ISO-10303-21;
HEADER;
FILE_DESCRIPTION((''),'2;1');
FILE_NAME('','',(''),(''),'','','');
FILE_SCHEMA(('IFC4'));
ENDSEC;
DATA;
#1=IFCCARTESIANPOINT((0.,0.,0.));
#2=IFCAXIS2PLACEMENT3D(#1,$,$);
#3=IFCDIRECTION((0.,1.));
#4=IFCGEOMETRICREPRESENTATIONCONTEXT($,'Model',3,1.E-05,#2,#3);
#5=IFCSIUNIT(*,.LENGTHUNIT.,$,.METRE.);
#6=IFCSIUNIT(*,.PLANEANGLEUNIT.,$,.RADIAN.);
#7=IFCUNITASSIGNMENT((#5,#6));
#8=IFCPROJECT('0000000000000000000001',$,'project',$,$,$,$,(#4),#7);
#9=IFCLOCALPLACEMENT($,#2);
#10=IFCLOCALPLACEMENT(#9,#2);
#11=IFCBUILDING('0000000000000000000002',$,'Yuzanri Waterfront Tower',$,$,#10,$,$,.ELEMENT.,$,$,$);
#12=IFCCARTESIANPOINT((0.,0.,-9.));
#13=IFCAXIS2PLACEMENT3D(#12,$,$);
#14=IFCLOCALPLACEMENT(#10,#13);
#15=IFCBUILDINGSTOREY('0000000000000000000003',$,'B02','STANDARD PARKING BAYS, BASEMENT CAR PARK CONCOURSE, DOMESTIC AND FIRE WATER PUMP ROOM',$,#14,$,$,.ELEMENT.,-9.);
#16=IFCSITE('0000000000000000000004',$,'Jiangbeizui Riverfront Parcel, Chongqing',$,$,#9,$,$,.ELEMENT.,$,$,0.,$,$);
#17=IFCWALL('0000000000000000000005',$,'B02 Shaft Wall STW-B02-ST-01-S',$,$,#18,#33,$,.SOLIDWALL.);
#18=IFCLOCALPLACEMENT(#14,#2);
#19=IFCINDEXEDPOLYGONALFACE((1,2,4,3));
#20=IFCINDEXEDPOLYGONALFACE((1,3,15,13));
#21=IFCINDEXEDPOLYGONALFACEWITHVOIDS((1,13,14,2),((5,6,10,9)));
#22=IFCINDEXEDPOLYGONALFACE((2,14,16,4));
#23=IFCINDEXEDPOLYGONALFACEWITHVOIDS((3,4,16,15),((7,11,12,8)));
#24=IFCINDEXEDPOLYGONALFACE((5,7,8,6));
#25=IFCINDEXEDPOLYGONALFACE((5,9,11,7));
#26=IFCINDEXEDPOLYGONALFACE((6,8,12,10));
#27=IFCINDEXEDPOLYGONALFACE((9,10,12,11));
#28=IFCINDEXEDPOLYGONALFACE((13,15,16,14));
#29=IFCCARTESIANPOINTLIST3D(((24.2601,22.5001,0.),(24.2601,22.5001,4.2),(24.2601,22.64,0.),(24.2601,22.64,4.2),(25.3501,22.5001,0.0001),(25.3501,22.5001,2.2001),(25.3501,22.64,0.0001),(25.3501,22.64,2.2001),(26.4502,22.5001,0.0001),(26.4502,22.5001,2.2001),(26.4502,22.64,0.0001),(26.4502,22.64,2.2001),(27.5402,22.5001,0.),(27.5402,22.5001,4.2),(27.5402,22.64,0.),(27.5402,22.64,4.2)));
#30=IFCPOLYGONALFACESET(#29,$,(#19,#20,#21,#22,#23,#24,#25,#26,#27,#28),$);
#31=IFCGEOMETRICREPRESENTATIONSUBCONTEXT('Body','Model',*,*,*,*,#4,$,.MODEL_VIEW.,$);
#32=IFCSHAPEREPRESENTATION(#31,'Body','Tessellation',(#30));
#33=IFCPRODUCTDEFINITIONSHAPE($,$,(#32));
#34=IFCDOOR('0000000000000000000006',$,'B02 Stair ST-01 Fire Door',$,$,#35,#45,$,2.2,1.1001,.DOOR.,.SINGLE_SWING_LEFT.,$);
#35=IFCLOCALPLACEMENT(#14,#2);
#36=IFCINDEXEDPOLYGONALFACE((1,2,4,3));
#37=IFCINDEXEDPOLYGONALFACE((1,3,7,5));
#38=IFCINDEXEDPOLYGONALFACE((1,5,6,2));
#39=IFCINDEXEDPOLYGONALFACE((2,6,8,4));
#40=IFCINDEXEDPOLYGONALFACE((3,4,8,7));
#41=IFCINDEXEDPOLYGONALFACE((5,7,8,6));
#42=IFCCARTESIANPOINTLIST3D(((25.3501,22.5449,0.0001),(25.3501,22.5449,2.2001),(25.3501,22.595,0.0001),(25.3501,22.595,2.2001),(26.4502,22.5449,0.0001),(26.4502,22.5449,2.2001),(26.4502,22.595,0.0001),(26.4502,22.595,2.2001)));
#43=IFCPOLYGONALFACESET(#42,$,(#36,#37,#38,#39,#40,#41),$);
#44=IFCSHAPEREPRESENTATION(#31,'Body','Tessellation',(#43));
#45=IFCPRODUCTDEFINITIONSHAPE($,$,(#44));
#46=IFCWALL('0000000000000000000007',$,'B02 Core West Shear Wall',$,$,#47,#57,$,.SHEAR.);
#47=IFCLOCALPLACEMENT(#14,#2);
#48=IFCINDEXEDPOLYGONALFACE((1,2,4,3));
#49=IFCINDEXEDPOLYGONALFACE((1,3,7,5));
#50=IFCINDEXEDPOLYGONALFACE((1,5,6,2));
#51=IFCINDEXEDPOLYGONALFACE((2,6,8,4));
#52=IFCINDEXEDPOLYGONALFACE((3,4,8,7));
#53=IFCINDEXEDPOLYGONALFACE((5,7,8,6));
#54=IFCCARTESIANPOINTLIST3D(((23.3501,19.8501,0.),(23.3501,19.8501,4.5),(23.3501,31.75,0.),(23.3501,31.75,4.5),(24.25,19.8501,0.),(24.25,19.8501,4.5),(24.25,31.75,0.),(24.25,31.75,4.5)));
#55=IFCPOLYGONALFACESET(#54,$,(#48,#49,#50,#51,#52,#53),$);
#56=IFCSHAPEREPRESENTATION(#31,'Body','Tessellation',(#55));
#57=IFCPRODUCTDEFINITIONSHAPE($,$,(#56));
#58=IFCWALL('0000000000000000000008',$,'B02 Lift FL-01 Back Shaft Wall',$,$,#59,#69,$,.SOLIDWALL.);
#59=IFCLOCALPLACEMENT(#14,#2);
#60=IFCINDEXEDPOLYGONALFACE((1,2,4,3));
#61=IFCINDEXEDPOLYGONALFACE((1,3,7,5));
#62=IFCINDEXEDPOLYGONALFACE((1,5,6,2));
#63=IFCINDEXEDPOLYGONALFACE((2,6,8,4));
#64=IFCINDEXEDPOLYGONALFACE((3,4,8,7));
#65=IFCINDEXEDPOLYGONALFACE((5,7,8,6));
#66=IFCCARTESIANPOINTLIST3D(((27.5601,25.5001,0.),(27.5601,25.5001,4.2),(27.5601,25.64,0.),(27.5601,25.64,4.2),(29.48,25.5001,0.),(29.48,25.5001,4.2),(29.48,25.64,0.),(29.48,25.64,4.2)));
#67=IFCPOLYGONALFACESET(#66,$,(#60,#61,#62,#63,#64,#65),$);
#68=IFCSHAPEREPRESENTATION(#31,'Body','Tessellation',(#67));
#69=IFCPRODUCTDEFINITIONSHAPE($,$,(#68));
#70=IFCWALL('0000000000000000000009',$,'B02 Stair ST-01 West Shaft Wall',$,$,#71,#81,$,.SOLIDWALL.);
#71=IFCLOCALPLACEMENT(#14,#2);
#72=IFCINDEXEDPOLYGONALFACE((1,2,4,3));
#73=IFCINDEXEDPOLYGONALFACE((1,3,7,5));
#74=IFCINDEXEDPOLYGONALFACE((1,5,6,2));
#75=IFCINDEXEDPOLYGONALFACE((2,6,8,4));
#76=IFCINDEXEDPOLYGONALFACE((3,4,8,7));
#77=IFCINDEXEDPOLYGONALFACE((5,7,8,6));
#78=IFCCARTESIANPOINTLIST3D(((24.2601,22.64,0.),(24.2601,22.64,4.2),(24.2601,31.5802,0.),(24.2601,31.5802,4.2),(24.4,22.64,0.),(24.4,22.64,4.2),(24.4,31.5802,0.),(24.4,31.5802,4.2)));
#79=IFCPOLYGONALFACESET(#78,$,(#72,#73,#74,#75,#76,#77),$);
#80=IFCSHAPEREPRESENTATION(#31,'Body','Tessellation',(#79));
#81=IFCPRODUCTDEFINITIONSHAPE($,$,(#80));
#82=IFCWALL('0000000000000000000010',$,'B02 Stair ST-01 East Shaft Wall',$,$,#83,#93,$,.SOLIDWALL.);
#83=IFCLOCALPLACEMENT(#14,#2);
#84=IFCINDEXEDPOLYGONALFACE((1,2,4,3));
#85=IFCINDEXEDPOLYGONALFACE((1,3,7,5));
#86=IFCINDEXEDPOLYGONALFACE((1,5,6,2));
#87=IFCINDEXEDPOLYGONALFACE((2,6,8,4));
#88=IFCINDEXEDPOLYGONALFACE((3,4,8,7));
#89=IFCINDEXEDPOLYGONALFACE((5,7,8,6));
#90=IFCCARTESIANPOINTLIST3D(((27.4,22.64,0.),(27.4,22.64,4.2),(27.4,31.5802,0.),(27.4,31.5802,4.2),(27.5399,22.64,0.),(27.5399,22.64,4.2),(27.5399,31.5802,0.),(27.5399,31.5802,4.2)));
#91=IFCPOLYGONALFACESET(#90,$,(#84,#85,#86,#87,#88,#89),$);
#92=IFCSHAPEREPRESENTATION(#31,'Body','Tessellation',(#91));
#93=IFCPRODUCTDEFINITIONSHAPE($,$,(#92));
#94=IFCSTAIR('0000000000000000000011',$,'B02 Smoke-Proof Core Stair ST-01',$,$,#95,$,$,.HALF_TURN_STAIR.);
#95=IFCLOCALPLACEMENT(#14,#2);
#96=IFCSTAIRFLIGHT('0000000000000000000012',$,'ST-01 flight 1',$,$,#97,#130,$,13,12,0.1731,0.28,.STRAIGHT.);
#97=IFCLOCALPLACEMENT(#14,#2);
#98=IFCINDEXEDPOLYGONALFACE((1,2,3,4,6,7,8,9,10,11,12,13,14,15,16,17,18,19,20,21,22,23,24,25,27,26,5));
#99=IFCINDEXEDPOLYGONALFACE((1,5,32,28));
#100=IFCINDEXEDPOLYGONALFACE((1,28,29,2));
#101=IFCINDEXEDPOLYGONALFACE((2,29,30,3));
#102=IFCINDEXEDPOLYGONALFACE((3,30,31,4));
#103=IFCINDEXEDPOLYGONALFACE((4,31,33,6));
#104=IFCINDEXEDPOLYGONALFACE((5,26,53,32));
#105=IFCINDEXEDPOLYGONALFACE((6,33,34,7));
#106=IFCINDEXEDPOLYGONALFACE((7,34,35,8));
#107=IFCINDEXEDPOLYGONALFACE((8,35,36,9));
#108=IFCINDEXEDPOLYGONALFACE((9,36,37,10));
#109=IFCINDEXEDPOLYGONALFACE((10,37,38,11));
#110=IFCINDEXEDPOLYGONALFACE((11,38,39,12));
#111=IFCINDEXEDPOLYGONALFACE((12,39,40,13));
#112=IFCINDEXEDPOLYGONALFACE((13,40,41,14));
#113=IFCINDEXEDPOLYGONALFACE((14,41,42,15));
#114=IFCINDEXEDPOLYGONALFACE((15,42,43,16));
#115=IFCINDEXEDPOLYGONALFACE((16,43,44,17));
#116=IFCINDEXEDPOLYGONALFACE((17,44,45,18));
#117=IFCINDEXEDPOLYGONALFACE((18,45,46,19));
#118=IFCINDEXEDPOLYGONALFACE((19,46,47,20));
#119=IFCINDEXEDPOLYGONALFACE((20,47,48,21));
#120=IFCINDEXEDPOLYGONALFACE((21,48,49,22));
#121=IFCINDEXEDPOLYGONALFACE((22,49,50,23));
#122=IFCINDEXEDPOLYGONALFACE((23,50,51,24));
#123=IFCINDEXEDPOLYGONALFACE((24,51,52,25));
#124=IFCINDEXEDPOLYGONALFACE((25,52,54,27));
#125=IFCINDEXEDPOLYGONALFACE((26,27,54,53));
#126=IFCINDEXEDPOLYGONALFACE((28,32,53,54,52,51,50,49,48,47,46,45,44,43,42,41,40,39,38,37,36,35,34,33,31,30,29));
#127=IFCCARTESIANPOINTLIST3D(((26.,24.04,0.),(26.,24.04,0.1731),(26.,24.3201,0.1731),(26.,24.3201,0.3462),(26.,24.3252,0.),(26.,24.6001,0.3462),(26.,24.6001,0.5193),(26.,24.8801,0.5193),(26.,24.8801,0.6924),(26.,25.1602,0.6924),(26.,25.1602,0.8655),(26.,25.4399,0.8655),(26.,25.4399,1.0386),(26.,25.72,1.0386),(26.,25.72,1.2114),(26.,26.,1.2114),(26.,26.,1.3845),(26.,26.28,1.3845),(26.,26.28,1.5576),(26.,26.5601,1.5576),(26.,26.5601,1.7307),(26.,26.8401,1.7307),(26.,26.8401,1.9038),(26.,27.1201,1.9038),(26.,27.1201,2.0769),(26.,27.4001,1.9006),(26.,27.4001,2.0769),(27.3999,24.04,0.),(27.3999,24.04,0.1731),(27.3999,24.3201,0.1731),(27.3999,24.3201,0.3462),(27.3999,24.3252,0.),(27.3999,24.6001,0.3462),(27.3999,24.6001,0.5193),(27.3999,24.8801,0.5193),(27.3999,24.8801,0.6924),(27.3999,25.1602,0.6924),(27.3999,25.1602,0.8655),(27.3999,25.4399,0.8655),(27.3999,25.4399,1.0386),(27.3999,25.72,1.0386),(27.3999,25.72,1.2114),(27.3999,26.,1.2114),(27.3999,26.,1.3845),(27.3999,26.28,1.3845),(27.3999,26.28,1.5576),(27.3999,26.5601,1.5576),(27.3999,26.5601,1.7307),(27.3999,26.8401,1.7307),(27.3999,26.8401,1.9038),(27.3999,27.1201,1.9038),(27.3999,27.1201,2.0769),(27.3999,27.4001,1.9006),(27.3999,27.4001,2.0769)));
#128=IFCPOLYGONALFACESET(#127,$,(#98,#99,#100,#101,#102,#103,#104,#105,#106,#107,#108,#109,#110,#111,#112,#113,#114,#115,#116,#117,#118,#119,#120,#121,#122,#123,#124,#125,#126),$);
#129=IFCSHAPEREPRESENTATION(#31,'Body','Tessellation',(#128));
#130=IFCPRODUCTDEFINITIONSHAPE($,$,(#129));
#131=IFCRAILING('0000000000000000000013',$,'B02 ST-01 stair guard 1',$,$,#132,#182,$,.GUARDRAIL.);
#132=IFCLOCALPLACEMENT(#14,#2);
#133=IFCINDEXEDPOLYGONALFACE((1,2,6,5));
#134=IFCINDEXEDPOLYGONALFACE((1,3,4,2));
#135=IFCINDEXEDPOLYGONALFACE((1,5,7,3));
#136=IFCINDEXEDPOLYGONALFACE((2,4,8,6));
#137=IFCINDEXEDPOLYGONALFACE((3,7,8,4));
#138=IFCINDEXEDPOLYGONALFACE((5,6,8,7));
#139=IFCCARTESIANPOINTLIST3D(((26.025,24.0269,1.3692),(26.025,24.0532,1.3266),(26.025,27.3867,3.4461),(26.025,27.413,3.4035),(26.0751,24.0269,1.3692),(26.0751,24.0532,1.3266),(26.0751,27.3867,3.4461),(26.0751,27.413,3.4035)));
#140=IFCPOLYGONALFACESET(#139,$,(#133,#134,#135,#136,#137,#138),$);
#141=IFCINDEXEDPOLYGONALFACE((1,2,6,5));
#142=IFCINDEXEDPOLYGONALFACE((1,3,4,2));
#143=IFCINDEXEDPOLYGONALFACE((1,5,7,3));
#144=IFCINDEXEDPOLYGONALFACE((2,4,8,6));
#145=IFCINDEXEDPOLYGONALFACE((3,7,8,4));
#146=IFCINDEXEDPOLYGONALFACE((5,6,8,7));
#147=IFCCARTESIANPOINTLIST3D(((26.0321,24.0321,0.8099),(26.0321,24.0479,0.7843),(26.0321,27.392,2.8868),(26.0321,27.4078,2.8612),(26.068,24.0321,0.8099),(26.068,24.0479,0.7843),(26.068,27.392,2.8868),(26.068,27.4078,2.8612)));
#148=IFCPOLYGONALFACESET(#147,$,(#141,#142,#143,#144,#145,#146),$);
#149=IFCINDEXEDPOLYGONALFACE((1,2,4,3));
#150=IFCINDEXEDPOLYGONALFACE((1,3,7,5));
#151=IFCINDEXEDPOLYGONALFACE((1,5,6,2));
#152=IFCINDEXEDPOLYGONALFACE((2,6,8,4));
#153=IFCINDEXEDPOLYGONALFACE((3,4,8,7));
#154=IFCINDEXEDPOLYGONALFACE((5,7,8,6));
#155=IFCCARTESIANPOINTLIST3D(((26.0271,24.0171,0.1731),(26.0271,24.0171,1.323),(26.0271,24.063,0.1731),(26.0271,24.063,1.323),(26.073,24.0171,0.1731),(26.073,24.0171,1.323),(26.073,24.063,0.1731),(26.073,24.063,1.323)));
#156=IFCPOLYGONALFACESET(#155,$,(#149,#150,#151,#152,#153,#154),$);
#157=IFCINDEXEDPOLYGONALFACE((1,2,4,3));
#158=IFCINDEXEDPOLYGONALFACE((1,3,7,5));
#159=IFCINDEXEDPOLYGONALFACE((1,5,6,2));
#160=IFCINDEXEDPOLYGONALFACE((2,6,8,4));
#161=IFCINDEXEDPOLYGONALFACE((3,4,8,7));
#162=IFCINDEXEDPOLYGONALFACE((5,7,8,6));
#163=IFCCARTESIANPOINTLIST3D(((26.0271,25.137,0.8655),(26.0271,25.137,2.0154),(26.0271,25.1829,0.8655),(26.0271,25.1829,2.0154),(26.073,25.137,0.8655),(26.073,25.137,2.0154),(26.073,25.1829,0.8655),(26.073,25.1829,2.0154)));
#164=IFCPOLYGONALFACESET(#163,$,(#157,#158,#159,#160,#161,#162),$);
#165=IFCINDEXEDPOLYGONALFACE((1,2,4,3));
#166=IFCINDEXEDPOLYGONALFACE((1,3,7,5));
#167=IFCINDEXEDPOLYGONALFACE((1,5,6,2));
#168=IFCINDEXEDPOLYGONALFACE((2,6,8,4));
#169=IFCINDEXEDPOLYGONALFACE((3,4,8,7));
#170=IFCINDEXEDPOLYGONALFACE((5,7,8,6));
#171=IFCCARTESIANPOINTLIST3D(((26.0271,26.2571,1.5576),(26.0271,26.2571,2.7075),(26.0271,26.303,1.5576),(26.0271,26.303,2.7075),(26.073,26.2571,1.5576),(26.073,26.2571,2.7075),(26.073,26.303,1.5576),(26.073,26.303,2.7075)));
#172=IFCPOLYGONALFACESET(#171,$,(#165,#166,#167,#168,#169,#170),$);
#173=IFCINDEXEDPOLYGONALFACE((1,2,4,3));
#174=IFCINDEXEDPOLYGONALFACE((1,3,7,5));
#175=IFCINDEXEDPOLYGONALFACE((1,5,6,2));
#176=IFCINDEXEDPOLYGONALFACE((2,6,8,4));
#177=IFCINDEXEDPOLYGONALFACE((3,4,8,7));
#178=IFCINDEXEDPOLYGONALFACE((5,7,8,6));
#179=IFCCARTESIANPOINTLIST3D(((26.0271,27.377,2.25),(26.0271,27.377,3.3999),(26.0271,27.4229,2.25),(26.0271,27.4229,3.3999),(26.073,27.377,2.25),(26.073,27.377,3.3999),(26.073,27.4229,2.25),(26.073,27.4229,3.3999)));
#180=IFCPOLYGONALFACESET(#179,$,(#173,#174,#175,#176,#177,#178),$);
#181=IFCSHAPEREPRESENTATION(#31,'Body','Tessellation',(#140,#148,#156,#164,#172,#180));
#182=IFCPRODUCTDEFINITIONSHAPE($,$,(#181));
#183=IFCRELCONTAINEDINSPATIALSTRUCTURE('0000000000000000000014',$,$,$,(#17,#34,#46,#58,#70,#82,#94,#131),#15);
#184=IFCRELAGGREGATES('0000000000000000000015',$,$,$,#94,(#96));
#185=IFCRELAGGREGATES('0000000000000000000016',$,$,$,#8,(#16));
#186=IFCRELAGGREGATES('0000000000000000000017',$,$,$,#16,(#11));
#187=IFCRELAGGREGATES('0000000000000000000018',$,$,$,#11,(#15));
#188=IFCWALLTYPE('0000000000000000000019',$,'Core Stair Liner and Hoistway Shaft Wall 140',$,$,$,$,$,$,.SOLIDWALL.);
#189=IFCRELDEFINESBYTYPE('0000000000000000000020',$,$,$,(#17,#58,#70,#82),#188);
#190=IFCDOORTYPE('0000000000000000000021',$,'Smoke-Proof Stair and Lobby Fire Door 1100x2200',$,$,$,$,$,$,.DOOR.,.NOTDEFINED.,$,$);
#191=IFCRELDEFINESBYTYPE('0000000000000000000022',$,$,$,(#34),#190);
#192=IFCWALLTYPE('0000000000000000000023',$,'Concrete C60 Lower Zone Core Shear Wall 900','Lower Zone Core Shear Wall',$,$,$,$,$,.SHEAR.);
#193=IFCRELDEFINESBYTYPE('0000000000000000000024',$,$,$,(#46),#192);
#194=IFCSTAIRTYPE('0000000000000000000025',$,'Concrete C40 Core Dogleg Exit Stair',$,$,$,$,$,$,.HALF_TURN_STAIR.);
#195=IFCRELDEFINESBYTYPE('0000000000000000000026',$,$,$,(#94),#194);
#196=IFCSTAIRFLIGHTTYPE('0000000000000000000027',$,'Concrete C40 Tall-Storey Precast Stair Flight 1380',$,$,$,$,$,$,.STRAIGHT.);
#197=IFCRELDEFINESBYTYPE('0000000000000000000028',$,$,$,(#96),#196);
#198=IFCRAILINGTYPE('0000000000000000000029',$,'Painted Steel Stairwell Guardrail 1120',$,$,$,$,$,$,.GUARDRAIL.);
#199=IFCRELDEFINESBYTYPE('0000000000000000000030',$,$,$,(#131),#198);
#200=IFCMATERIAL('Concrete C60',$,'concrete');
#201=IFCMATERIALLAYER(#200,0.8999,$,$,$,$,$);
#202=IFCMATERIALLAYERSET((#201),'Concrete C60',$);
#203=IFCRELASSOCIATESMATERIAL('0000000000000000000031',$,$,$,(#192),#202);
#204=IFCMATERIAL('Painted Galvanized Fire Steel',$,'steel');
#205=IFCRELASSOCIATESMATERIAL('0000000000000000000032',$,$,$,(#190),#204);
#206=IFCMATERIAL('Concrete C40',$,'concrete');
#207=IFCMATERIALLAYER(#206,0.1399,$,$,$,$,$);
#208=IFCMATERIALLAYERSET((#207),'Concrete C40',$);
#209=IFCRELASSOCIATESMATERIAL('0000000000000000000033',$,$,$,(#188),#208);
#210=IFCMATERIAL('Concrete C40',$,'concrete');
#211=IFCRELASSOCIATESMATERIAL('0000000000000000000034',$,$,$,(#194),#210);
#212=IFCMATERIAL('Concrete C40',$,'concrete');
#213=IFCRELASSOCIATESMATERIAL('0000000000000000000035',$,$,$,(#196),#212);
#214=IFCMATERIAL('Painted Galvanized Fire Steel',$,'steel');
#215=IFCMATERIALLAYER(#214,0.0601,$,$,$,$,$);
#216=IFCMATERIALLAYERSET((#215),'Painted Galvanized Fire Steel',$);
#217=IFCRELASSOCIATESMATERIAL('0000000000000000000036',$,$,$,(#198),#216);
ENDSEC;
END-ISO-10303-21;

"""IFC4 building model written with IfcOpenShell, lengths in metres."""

from ifc_helpers import new_model, si_unit, direction, frame, frame_2d, origin, origin_2d, place, context, subcontext, project, spatial, polyline, rectangle, outline, extrude, source, transform, mapped, material, layer, layer_set, type_object, element, fill, aggregate, save


model = new_model("IFC4")

# Units and contexts
model_context = context("Model", 3, precision=1e-05, world=origin(), true_north=direction((0.0, 1.0)))
body_context = subcontext(model_context, "Body", "Model", "MODEL_VIEW")
ifc_project = project(units=[si_unit("LENGTHUNIT", "METRE"), si_unit("PLANEANGLEUNIT", "RADIAN")], contexts=[model_context])

# Site, building, storey
site_placement = place(None, origin())
site = spatial("IfcSite", under=ifc_project, at=site_placement, Name="Jiangbeizui Riverfront Parcel, Chongqing", CompositionType="ELEMENT", RefElevation=0.0)
building_placement = place(site_placement, origin())
building = spatial("IfcBuilding", under=site, at=building_placement, Name="Yuzanri Waterfront Tower", CompositionType="ELEMENT")
storey_placement = place(building_placement, frame((0.0, 0.0, -9.0)))
storey = spatial("IfcBuildingStorey", under=building, at=storey_placement, Name="B02", Description="STANDARD PARKING BAYS, BASEMENT CAR PARK CONCOURSE, DOMESTIC AND FIRE WATER PUMP ROOM", CompositionType="ELEMENT", Elevation=-9.0)

# Shared definitions
ifc_material_1 = material(Name="Concrete C60", Category="concrete")
ifc_layer_1 = layer(ifc_material_1, 0.8999)
ifc_layer_set_1 = layer_set([ifc_layer_1], Name="Concrete C60")
wall_type_1 = type_object("IfcWallType", Name="Concrete C60 Lower Zone Core Shear Wall 900", Description="Lower Zone Core Shear Wall", PredefinedType="SHEAR", material=ifc_layer_set_1)
ifc_material_2 = material(Name="Painted Galvanized Fire Steel", Category="steel")
door_type_1 = type_object("IfcDoorType", Name="Smoke-Proof Stair and Lobby Fire Door 1100x2200", OperationType="NOTDEFINED", PredefinedType="DOOR", material=ifc_material_2)
shared_shape_1 = source(origin(), body_context, "Body", "SweptSolid", [
    extrude(rectangle(XDim=1.1001, YDim=2.2, at=frame_2d((0.55, 1.1001))), frame((0.0, 0.0249, 0.0), z_axis=(0.0, -1.0, 0.0), x_axis=(1.0, 0.0, 0.0)), (0.0, 0.0, 1.0), 0.05),
])

# Wall, opening, door
ifc_material_3 = material(Name="Concrete C40", Category="concrete")
ifc_layer_2 = layer(ifc_material_3, 0.1399)
ifc_layer_set_2 = layer_set([ifc_layer_2], Name="Concrete C40")
wall_type_2 = type_object("IfcWallType", Name="Core Stair Liner and Hoistway Shaft Wall 140", PredefinedType="SOLIDWALL", material=ifc_layer_set_2)
wall_1_placement = place(storey_placement, frame((24.26, 22.5701, 0.0), z_axis=(0.0, 0.0, 1.0), x_axis=(1.0, 0.0, 0.0)))
wall_1 = element("IfcWall", 1, at=wall_1_placement, inside=storey, type_object=wall_type_2, Name="B02 Shaft Wall STW-B02-ST-01-S", PredefinedType="SOLIDWALL", context=body_context, shape_type="SweptSolid", body=[
    extrude(rectangle(XDim=3.28, YDim=0.1399, at=frame_2d((1.6401, 0.0))), origin(), (0.0, 0.0, 1.0), 4.2),
])
opening_1_placement = place(wall_1_placement, frame((1.0901, 0.0, 0.0)))
opening_1 = element("IfcOpeningElement", 2, at=opening_1_placement, cuts=wall_1, PredefinedType="OPENING", context=body_context, shape_type="SweptSolid", body=[
    extrude(rectangle(XDim=1.1001, YDim=2.2, at=frame_2d((0.55, 1.1001))), frame((0.0, 0.085, 0.0), z_axis=(0.0, -1.0, 0.0), x_axis=(1.0, 0.0, 0.0)), (0.0, 0.0, 1.0), 0.1697),
])
door_1_placement = place(opening_1_placement, origin())
door_1 = element("IfcDoor", 3, at=door_1_placement, inside=storey, type_object=door_type_1, Name="B02 Stair ST-01 Fire Door", OperationType="SINGLE_SWING_LEFT", OverallHeight=2.2, OverallWidth=1.1001, PredefinedType="DOOR", context=body_context, shape_type="MappedRepresentation", body=[
    mapped(shared_shape_1, transform((0.0, 0.0, 0.0), scale=1.0)),
])
fill(opening_1, door_1)

# Walls
shared_shape_2 = source(origin(), body_context, "Body", "SweptSolid", [
    extrude(rectangle(XDim=11.8999, YDim=0.8999, at=frame_2d((5.95, 0.0))), origin(), (0.0, 0.0, 1.0), 4.5),
])
wall_2_placement = place(storey_placement, frame((23.8, 19.8501, 0.0), z_axis=(0.0, 0.0, 1.0), x_axis=(0.0, 1.0, 0.0)))
element("IfcWall", 4, at=wall_2_placement, inside=storey, type_object=wall_type_1, Name="B02 Core West Shear Wall", PredefinedType="SHEAR", context=body_context, shape_type="MappedRepresentation", body=[
    mapped(shared_shape_2, transform((0.0, 0.0, 0.0), scale=1.0)),
])
shared_shape_3 = source(origin(), body_context, "Body", "SweptSolid", [
    extrude(rectangle(XDim=1.9199, YDim=0.1399, at=frame_2d((0.96, 0.0))), origin(), (0.0, 0.0, 1.0), 4.2),
])
wall_3_placement = place(storey_placement, frame((27.5601, 25.5701, 0.0), z_axis=(0.0, 0.0, 1.0), x_axis=(1.0, 0.0, 0.0)))
element("IfcWall", 5, at=wall_3_placement, inside=storey, type_object=wall_type_2, Name="B02 Lift FL-01 Back Shaft Wall", PredefinedType="SOLIDWALL", context=body_context, shape_type="MappedRepresentation", body=[
    mapped(shared_shape_3, transform((0.0, 0.0, 0.0), scale=1.0)),
])
shared_shape_4 = source(origin(), body_context, "Body", "SweptSolid", [
    extrude(rectangle(XDim=8.9402, YDim=0.1399, at=frame_2d((4.4702, 0.0))), origin(), (0.0, 0.0, 1.0), 4.2),
])
for number, where, z_axis, x_axis, name in (
    (6, (24.3301, 22.6399, 0.0), (0.0, 0.0, 1.0), (0.0, 1.0, 0.0), "B02 Stair ST-01 West Shaft Wall"),
    (7, (27.47, 22.6399, 0.0), (0.0, 0.0, 1.0), (0.0, 1.0, 0.0), "B02 Stair ST-01 East Shaft Wall"),
):
    element("IfcWall", number, at=place(storey_placement, frame(where, z_axis=z_axis, x_axis=x_axis)), inside=storey, type_object=wall_type_2, Name=name, PredefinedType="SOLIDWALL", context=body_context, shape_type="MappedRepresentation", body=[
        mapped(shared_shape_4, transform((0.0, 0.0, 0.0), scale=1.0)),
    ])

# Stair, stair flight
ifc_material_4 = material(Name="Concrete C40", Category="concrete")
stair_type = type_object("IfcStairType", Name="Concrete C40 Core Dogleg Exit Stair", PredefinedType="HALF_TURN_STAIR", material=ifc_material_4)
stair_placement = place(storey_placement, origin())
stair = element("IfcStair", 8, at=stair_placement, inside=storey, type_object=stair_type, Name="B02 Smoke-Proof Core Stair ST-01", PredefinedType="HALF_TURN_STAIR")
ifc_material_5 = material(Name="Concrete C40", Category="concrete")
stair_flight_type = type_object("IfcStairFlightType", Name="Concrete C40 Tall-Storey Precast Stair Flight 1380", PredefinedType="STRAIGHT", material=ifc_material_5)
shared_shape_5 = source(origin(), body_context, "Body", "SweptSolid", [
    extrude(outline(polyline([(0.0, 0.0), (0.0, 0.1731), (0.28, 0.1731), (0.28, 0.3462), (0.5601, 0.3462), (0.5601, 0.5193), (0.8401, 0.5193), (0.8401, 0.6924), (1.1201, 0.6924), (1.1201, 0.8655), (1.3999, 0.8655), (1.3999, 1.0386), (1.6799, 1.0386), (1.6799, 1.2114), (1.96, 1.2114), (1.96, 1.3845), (2.24, 1.3845), (2.24, 1.5576), (2.52, 1.5576), (2.52, 1.7307), (2.8, 1.7307), (2.8, 1.9038), (3.0801, 1.9038), (3.0801, 2.0769), (3.3601, 2.0769), (3.3601, 2.25), (3.3601, 1.9006), (0.2852, 0.0), (0.0, 0.0)])), frame((0.0, 0.7, 0.0), z_axis=(0.0, -1.0, 0.0), x_axis=(1.0, 0.0, 0.0)), (0.0, 0.0, 1.0), 1.3999),
])
stair_flight_placement = place(storey_placement, frame((26.7, 24.04, 0.0), z_axis=(0.0, 0.0, 1.0), x_axis=(0.0, 1.0, 0.0)))
stair_flight = element("IfcStairFlight", 9, at=stair_flight_placement, type_object=stair_flight_type, Name="ST-01 flight 1", NumberOfRisers=13, NumberOfTreads=12, PredefinedType="STRAIGHT", RiserHeight=0.1731, TreadLength=0.28, context=body_context, shape_type="MappedRepresentation", body=[
    mapped(shared_shape_5, transform((0.0, 0.0, 0.0), scale=1.0)),
])
aggregate(stair, [stair_flight])

# Railing
ifc_material_6 = material(Name="Painted Galvanized Fire Steel", Category="steel")
ifc_layer_3 = layer(ifc_material_6, 0.0601)
ifc_layer_set_3 = layer_set([ifc_layer_3], Name="Painted Galvanized Fire Steel")
railing_type_1 = type_object("IfcRailingType", Name="Painted Steel Stairwell Guardrail 1120", PredefinedType="GUARDRAIL", material=ifc_layer_set_3)
shared_shape_6 = source(origin(), body_context, "Body", "SweptSolid", [
    extrude(rectangle(XDim=0.05, YDim=0.05, at=origin_2d()), frame((0.0, 0.0, 1.1748), z_axis=(0.0, 0.850606, 0.525803), x_axis=(-1.0, 0.0, 0.0)), (0.0, 0.0, 1.0), 3.95),
    extrude(rectangle(XDim=0.0359, YDim=0.03, at=origin_2d()), frame((0.0, 0.0, 0.624), z_axis=(0.0, 0.850606, 0.525803), x_axis=(-1.0, 0.0, 0.0)), (0.0, 0.0, 1.0), 3.95),
    extrude(rectangle(XDim=0.0459, YDim=0.0459, at=origin_2d()), origin(), (0.0, 0.0, 1.0), 1.1499),
    extrude(rectangle(XDim=0.0459, YDim=0.0459, at=origin_2d()), frame((0.0, 1.1199, 0.6924)), (0.0, 0.0, 1.0), 1.1499),
    extrude(rectangle(XDim=0.0459, YDim=0.0459, at=origin_2d()), frame((0.0, 2.24, 1.3845)), (0.0, 0.0, 1.0), 1.1499),
    extrude(rectangle(XDim=0.0459, YDim=0.0459, at=origin_2d()), frame((0.0, 3.3599, 2.0769)), (0.0, 0.0, 1.0), 1.1499),
])
railing_1_placement = place(storey_placement, frame((26.05, 24.04, 0.1731)))
element("IfcRailing", 10, at=railing_1_placement, inside=storey, type_object=railing_type_1, Name="B02 ST-01 stair guard 1", PredefinedType="GUARDRAIL", context=body_context, shape_type="MappedRepresentation", body=[
    mapped(shared_shape_6, transform((0.0, 0.0, 0.0), scale=1.0)),
])

save(model, "model.ifc")
